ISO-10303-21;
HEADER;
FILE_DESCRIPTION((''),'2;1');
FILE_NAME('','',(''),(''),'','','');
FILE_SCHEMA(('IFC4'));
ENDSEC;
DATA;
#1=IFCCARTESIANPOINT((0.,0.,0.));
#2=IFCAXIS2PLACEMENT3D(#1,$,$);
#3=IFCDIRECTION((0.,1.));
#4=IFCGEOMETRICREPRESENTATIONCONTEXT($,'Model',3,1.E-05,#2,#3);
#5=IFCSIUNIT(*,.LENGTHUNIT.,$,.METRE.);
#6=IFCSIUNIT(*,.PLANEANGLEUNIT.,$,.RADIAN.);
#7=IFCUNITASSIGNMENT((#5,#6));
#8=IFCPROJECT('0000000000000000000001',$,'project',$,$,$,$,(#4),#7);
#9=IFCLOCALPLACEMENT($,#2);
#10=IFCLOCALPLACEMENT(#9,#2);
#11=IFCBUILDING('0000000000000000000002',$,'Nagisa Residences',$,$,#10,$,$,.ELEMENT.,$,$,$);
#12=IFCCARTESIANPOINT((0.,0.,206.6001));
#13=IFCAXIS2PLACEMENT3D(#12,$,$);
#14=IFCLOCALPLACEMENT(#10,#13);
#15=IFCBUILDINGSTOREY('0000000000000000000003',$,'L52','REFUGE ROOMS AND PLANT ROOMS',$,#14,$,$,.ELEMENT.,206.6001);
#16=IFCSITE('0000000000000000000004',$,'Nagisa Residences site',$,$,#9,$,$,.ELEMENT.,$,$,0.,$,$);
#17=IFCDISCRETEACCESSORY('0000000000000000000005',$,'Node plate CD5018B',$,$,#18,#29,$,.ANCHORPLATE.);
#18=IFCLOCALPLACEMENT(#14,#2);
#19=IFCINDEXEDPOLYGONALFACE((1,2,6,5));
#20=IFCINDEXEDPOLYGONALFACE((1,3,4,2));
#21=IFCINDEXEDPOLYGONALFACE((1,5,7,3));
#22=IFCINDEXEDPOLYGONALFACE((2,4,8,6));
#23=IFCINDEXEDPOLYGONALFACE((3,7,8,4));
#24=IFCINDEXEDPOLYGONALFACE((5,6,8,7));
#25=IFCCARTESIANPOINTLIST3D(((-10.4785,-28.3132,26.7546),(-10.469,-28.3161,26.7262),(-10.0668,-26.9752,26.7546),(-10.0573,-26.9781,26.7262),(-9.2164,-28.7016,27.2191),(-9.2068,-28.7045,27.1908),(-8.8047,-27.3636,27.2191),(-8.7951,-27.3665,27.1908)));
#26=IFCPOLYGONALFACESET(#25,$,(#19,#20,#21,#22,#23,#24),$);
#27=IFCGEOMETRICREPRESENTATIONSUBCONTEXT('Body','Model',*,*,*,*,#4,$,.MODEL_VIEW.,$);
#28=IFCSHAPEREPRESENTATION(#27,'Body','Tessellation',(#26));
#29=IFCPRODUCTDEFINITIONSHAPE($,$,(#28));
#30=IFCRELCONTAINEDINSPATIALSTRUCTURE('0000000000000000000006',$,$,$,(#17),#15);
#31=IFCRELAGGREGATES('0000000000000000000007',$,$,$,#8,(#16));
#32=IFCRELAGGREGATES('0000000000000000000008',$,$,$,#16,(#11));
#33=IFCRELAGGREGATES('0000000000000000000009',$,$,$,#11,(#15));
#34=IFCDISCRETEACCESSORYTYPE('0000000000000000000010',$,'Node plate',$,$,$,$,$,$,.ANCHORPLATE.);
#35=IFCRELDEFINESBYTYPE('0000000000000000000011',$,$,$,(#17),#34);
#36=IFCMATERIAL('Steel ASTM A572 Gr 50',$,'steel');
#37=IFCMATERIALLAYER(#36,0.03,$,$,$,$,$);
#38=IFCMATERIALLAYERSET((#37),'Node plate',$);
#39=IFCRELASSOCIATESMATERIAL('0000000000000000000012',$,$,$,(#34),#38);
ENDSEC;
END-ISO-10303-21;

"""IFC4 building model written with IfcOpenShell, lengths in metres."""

from ifc_helpers import new_model, si_unit, direction, frame, origin, origin_2d, place, context, subcontext, project, spatial, rectangle, extrude, material, layer, layer_set, type_object, element, save


model = new_model("IFC4")

# Units and contexts
model_context = context("Model", 3, precision=1e-05, world=origin(), true_north=direction((0.0, 1.0)))
body_context = subcontext(model_context, "Body", "Model", "MODEL_VIEW")
ifc_project = project(units=[si_unit("LENGTHUNIT", "METRE"), si_unit("PLANEANGLEUNIT", "RADIAN")], contexts=[model_context])

# Site, building, storey
site_placement = place(None, origin())
site = spatial("IfcSite", under=ifc_project, at=site_placement, Name="Nagisa Residences site", CompositionType="ELEMENT", RefElevation=0.0)
building_placement = place(site_placement, origin())
building = spatial("IfcBuilding", under=site, at=building_placement, Name="Nagisa Residences", CompositionType="ELEMENT")
storey_placement = place(building_placement, frame((0.0, 0.0, 206.6001)))
storey = spatial("IfcBuildingStorey", under=building, at=storey_placement, Name="L52", Description="REFUGE ROOMS AND PLANT ROOMS", CompositionType="ELEMENT", Elevation=206.6001)

# Discrete accessory
ifc_material_1 = material(Name="Steel ASTM A572 Gr 50", Category="steel")
ifc_layer_1 = layer(ifc_material_1, 0.03)
ifc_layer_set_1 = layer_set([ifc_layer_1], Name="Node plate")
discrete_accessory_type_1 = type_object("IfcDiscreteAccessoryType", Name="Node plate", PredefinedType="ANCHORPLATE", material=ifc_layer_set_1)
for number, where, z_axis, x_axis, name in (
    (1, (-9.6416, -27.8384, 26.9868), (0.317157, -0.097587, -0.943339), (0.294086, 0.955779, 0.0), "Node plate CD5018B"),
):
    element("IfcDiscreteAccessory", number, at=place(storey_placement, frame(where, z_axis=z_axis, x_axis=x_axis)), inside=storey, type_object=discrete_accessory_type_1, Name=name, PredefinedType="ANCHORPLATE", context=body_context, shape_type="SweptSolid", body=[
        extrude(rectangle(XDim=1.3999, YDim=1.3999, at=origin_2d()), origin(), (0.0, 0.0, 1.0), 0.03),
    ])

save(model, "model.ifc")
